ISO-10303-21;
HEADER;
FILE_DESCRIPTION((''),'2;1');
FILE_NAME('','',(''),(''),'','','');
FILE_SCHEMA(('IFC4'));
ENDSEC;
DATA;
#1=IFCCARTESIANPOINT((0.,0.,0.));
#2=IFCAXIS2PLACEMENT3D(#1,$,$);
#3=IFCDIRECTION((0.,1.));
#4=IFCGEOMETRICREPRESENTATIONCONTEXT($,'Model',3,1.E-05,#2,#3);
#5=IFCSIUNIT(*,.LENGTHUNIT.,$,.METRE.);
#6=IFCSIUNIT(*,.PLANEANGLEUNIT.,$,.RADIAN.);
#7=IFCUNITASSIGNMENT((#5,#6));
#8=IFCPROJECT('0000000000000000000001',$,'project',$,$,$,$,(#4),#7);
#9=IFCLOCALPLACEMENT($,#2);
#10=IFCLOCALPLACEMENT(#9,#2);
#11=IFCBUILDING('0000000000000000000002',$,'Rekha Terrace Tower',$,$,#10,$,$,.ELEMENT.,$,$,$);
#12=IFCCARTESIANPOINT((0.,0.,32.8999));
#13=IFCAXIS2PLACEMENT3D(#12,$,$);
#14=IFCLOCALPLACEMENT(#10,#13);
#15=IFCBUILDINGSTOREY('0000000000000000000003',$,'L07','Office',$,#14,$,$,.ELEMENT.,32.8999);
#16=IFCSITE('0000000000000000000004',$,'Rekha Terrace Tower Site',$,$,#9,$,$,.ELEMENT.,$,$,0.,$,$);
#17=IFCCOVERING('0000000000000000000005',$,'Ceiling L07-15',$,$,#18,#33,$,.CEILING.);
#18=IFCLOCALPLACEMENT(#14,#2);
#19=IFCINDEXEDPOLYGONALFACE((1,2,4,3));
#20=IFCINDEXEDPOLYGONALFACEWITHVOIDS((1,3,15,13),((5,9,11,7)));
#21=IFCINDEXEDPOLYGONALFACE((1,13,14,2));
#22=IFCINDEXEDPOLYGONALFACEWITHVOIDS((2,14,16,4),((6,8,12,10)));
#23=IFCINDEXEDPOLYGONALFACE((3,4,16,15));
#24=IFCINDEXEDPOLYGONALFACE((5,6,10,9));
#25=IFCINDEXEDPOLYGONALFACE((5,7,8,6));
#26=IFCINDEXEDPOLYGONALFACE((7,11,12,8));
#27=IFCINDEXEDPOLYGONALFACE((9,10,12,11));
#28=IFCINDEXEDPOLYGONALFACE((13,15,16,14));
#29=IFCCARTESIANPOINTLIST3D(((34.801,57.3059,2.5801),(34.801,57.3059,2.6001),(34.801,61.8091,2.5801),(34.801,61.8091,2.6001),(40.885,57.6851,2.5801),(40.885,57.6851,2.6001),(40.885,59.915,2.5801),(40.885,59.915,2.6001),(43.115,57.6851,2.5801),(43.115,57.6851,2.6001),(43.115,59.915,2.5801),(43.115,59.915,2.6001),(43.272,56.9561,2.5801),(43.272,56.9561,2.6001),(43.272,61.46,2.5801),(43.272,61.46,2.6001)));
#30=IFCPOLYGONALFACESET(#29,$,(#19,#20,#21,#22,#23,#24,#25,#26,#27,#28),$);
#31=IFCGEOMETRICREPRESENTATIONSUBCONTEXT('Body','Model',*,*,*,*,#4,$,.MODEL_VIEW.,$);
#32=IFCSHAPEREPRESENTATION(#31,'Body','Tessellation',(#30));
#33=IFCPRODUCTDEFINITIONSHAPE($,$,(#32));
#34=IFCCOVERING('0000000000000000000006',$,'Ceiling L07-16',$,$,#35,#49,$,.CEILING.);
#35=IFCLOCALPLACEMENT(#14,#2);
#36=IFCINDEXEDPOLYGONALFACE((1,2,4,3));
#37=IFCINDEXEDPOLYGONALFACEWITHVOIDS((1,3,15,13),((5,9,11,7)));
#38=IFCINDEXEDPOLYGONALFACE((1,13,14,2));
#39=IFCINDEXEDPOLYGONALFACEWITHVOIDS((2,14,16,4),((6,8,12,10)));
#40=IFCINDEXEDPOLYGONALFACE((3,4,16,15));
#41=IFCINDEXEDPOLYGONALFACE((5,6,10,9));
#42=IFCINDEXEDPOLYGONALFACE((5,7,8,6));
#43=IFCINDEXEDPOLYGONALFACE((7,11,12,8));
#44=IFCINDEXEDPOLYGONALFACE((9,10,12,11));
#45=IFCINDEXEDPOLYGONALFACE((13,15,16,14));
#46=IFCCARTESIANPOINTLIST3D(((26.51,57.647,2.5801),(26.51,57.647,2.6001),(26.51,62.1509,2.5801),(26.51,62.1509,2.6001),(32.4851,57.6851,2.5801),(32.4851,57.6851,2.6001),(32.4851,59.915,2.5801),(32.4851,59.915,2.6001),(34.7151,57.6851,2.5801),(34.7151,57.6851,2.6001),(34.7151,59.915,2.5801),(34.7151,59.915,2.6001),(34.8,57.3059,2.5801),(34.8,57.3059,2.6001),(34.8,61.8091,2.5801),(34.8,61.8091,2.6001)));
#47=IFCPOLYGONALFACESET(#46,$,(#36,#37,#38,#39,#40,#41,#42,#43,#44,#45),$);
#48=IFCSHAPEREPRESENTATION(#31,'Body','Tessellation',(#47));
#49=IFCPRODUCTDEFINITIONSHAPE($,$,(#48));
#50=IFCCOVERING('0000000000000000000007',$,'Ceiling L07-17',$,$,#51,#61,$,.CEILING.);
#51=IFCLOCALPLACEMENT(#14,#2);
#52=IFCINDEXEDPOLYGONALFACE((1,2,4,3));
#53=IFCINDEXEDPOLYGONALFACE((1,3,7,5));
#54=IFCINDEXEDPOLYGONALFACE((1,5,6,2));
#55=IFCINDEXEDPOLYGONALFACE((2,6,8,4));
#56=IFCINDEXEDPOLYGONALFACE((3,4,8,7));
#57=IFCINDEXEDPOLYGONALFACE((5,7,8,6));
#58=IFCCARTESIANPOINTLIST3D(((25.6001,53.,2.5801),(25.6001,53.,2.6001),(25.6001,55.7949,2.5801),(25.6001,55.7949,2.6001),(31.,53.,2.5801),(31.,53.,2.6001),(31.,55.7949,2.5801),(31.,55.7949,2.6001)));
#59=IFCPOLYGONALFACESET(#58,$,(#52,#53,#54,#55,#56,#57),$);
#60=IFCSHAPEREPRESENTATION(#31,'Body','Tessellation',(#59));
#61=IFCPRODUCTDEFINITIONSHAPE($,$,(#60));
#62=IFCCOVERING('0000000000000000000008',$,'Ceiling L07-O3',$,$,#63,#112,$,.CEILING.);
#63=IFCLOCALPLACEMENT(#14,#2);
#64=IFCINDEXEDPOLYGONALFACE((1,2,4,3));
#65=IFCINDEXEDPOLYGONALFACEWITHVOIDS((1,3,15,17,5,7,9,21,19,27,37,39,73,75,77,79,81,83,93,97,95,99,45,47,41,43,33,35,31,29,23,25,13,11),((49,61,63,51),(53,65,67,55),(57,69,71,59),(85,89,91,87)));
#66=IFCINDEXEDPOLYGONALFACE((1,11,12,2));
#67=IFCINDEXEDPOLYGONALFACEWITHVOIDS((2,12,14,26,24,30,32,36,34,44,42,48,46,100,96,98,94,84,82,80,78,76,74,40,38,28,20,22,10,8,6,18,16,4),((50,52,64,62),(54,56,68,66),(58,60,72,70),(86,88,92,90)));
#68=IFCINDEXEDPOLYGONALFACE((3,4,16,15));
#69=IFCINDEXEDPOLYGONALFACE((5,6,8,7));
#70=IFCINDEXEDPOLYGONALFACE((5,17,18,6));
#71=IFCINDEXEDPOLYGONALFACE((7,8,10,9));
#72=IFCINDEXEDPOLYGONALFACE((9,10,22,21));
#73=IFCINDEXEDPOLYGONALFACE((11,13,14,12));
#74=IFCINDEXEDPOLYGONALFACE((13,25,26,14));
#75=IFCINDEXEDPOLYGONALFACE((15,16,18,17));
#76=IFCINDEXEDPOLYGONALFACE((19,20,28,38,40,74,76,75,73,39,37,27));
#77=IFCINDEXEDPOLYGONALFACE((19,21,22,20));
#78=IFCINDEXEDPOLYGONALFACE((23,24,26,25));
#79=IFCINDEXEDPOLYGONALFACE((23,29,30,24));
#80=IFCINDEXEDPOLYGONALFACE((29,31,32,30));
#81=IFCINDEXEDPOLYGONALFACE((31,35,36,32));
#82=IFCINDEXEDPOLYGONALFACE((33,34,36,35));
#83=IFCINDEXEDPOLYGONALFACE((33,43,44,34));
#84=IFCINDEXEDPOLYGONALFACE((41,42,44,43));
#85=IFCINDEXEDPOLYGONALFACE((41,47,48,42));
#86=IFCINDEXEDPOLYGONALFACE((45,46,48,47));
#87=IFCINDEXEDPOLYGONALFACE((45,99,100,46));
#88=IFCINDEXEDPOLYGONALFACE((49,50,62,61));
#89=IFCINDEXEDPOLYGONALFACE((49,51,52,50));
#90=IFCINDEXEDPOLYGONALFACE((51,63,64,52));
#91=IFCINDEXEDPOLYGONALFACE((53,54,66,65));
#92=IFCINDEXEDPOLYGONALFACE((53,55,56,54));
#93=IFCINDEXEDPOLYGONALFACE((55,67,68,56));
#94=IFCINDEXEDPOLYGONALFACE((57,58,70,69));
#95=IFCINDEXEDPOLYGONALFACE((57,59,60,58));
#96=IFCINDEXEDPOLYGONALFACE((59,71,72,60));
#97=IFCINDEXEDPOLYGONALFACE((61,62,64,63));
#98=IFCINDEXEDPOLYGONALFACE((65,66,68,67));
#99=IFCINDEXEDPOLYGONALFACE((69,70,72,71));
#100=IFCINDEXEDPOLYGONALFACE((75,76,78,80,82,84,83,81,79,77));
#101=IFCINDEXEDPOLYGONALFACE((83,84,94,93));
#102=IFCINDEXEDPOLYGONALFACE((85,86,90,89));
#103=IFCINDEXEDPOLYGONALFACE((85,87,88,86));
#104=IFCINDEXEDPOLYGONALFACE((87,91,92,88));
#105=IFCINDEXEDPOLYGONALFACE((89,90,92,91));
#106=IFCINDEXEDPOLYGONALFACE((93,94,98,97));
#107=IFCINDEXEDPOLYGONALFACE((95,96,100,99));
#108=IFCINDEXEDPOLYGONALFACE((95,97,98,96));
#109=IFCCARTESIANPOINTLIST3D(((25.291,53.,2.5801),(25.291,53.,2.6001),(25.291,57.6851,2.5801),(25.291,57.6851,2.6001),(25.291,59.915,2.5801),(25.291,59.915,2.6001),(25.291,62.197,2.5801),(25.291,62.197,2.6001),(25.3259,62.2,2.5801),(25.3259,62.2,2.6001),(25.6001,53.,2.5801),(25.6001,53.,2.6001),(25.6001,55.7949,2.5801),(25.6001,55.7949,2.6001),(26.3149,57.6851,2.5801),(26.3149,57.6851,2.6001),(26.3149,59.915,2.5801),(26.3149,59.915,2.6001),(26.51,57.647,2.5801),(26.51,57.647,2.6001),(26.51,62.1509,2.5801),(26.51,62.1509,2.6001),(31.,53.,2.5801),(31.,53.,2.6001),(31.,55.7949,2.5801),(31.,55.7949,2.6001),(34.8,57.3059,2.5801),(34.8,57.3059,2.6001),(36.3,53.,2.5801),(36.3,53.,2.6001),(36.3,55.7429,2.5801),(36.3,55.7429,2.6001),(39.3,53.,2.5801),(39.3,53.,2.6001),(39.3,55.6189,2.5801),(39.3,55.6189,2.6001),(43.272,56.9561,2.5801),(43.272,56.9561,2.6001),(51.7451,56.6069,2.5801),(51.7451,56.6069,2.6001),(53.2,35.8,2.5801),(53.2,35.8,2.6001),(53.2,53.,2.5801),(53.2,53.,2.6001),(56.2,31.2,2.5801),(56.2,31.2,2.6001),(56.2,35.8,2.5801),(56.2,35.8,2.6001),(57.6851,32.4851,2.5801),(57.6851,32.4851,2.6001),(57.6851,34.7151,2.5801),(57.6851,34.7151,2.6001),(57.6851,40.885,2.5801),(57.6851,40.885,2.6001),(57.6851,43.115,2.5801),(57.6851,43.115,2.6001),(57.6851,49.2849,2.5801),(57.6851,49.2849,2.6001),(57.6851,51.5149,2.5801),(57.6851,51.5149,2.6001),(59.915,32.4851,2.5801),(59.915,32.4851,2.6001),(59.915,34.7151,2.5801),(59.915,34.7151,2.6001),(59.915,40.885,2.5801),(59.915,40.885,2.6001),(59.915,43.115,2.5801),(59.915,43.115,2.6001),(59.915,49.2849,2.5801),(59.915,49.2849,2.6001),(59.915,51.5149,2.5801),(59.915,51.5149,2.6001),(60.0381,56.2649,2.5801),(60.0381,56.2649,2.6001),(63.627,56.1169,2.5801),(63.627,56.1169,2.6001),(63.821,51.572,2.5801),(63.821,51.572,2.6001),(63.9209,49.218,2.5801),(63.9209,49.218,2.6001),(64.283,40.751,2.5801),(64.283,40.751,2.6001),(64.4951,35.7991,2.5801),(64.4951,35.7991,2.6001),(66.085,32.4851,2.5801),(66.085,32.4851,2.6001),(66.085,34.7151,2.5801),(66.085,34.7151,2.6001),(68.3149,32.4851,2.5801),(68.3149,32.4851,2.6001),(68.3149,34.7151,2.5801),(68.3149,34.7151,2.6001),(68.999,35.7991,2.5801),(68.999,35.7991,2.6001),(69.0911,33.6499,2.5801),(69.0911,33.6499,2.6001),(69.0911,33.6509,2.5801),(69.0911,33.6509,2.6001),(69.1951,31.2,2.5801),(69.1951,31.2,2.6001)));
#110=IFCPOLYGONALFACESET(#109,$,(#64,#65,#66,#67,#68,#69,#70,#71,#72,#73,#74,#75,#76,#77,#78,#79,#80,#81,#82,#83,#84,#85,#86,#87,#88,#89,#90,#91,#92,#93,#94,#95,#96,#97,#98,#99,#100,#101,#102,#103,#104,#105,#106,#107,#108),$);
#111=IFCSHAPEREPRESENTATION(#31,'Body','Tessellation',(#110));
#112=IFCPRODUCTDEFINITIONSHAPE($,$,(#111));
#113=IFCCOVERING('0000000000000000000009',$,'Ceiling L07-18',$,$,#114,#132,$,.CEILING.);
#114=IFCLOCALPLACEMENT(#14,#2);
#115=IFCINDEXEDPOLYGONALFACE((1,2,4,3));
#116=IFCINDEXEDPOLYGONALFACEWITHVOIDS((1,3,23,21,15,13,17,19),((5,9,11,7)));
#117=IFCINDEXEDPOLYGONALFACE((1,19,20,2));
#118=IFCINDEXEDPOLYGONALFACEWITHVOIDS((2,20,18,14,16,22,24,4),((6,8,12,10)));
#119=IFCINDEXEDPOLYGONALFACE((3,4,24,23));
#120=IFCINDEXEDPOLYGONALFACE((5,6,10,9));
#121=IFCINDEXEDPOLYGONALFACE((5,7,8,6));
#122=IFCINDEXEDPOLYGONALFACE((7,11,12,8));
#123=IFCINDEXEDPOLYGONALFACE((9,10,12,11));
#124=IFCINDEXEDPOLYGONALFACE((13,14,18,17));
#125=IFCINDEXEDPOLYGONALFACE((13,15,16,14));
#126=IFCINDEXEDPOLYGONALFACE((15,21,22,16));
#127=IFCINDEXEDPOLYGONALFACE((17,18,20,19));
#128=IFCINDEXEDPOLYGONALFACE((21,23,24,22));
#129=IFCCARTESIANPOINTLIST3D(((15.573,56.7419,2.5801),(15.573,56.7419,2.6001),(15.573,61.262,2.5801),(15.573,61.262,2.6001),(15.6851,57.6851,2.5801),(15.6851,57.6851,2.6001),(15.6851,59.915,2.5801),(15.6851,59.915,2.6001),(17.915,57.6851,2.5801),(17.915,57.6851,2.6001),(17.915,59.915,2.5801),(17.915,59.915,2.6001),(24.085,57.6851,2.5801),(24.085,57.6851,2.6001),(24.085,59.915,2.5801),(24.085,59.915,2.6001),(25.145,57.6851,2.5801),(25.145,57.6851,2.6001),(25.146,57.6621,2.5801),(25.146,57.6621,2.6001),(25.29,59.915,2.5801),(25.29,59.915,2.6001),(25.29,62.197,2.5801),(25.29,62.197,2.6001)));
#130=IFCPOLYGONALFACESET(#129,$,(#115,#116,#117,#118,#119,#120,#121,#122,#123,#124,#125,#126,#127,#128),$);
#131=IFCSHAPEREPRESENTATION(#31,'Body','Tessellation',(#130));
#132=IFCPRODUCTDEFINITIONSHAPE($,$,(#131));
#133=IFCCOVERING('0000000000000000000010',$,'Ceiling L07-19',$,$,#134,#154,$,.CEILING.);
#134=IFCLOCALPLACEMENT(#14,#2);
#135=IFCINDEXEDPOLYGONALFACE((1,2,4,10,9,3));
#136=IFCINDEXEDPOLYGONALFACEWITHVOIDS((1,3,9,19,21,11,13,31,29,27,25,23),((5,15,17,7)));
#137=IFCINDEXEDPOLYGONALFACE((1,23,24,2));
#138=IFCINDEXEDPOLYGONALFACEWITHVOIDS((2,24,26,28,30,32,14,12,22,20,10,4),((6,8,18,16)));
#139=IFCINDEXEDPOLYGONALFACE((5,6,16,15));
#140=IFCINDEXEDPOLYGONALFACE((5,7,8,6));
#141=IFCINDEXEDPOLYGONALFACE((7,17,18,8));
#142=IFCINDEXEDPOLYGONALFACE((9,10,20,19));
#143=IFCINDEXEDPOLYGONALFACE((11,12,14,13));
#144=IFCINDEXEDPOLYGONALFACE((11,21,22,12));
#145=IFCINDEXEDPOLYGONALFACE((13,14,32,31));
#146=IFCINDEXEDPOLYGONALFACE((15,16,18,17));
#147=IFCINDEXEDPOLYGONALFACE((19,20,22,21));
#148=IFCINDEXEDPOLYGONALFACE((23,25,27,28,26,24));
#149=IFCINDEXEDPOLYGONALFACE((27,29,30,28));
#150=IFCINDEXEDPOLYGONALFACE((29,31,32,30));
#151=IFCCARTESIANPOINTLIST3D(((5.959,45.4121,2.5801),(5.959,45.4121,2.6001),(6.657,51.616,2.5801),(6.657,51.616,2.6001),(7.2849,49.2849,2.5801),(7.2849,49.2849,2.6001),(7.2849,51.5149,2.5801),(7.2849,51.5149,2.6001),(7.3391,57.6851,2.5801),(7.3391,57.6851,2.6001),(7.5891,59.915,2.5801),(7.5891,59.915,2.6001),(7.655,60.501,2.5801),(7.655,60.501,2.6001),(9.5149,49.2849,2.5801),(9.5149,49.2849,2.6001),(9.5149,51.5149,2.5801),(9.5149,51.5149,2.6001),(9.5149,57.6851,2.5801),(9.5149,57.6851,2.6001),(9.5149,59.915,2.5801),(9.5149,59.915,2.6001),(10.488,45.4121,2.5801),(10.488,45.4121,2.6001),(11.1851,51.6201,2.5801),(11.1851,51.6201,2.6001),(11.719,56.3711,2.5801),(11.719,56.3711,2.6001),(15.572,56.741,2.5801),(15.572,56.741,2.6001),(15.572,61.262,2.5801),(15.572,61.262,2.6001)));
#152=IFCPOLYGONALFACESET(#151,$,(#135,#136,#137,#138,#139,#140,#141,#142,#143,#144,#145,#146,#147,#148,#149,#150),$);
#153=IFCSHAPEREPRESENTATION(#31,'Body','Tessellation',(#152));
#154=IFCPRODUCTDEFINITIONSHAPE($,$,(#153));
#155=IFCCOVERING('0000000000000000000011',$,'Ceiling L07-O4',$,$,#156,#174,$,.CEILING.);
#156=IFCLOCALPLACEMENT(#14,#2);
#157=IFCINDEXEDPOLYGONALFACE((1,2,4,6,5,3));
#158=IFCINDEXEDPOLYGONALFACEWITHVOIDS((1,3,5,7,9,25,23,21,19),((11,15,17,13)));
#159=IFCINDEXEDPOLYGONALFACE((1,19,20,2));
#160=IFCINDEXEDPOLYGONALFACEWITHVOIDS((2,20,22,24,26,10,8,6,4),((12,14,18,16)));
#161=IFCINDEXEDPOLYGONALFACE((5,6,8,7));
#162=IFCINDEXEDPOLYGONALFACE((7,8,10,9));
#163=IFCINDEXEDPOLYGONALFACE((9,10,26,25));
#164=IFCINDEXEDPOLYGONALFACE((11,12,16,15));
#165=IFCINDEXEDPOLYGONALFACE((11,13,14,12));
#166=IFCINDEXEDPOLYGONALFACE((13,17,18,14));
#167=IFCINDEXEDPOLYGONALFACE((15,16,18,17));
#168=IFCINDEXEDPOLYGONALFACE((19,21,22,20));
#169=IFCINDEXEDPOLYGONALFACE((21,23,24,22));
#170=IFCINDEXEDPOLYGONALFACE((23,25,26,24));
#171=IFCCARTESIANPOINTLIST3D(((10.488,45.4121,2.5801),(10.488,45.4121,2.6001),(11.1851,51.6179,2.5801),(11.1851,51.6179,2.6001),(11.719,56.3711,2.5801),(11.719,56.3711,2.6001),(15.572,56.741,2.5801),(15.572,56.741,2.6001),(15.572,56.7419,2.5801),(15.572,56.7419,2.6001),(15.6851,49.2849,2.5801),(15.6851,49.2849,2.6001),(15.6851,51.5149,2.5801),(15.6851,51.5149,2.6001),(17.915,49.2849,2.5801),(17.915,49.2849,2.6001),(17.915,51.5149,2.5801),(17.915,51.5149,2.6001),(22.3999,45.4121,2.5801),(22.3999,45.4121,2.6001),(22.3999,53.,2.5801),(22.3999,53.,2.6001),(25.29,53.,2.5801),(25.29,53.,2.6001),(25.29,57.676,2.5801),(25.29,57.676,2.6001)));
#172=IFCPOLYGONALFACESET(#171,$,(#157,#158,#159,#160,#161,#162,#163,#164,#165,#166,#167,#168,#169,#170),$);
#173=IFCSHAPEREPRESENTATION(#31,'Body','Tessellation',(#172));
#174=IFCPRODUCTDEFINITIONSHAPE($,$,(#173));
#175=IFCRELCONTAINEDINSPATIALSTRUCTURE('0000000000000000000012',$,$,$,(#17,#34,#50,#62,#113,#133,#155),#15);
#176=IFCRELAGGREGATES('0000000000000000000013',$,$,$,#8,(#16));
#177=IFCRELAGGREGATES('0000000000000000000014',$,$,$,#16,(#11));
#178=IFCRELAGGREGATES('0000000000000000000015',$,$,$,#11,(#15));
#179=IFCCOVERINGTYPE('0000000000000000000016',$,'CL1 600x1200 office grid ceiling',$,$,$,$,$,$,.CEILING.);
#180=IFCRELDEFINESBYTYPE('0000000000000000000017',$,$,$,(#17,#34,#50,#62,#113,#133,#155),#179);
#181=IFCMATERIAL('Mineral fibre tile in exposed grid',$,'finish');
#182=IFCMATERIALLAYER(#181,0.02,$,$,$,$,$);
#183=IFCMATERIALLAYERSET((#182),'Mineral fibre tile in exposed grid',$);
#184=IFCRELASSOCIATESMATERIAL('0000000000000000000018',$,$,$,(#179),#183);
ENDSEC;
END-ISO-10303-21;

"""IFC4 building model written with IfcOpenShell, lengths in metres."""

from ifc_helpers import new_model, si_unit, direction, frame, origin, place, context, subcontext, project, spatial, polyline, outline, extrude, material, layer, layer_set, type_object, element, save


model = new_model("IFC4")

# Units and contexts
model_context = context("Model", 3, precision=1e-05, world=origin(), true_north=direction((0.0, 1.0)))
body_context = subcontext(model_context, "Body", "Model", "MODEL_VIEW")
ifc_project = project(units=[si_unit("LENGTHUNIT", "METRE"), si_unit("PLANEANGLEUNIT", "RADIAN")], contexts=[model_context])

# Site, building, storey
site_placement = place(None, origin())
site = spatial("IfcSite", under=ifc_project, at=site_placement, Name="Rekha Terrace Tower Site", CompositionType="ELEMENT", RefElevation=0.0)
building_placement = place(site_placement, origin())
building = spatial("IfcBuilding", under=site, at=building_placement, Name="Rekha Terrace Tower", CompositionType="ELEMENT")
storey_placement = place(building_placement, frame((0.0, 0.0, 32.8999)))
storey = spatial("IfcBuildingStorey", under=building, at=storey_placement, Name="L07", Description="Office", CompositionType="ELEMENT", Elevation=32.8999)

# Coverings
ifc_material_1 = material(Name="Mineral fibre tile in exposed grid", Category="finish")
ifc_layer_1 = layer(ifc_material_1, 0.02)
ifc_layer_set_1 = layer_set([ifc_layer_1], Name="Mineral fibre tile in exposed grid")
covering_type_1 = type_object("IfcCoveringType", Name="CL1 600x1200 office grid ceiling", PredefinedType="CEILING", material=ifc_layer_set_1)
covering_1_placement = place(storey_placement, frame((0.0, 0.0, 2.5801)))
element("IfcCovering", 1, at=covering_1_placement, inside=storey, type_object=covering_type_1, Name="Ceiling L07-15", PredefinedType="CEILING", context=body_context, shape_type="SweptSolid", body=[
    extrude(outline(polyline([(43.272, 56.9561), (43.272, 61.46), (34.801, 61.8091), (34.801, 57.3059), (43.272, 56.9561)]), holes=[polyline([(43.115, 57.6851), (40.885, 57.6851), (40.885, 59.915), (43.115, 59.915), (43.115, 57.6851)])]), origin(), (0.0, 0.0, 1.0), 0.02),
])
covering_2_placement = place(storey_placement, frame((0.0, 0.0, 2.5801)))
element("IfcCovering", 2, at=covering_2_placement, inside=storey, type_object=covering_type_1, Name="Ceiling L07-16", PredefinedType="CEILING", context=body_context, shape_type="SweptSolid", body=[
    extrude(outline(polyline([(34.8, 57.3059), (34.8, 61.8091), (26.51, 62.1509), (26.51, 57.647), (34.8, 57.3059)]), holes=[polyline([(34.7151, 57.6851), (32.4851, 57.6851), (32.4851, 59.915), (34.7151, 59.915), (34.7151, 57.6851)])]), origin(), (0.0, 0.0, 1.0), 0.02),
])
covering_3_placement = place(storey_placement, frame((0.0, 0.0, 2.5801)))
element("IfcCovering", 3, at=covering_3_placement, inside=storey, type_object=covering_type_1, Name="Ceiling L07-17", PredefinedType="CEILING", context=body_context, shape_type="SweptSolid", body=[
    extrude(outline(polyline([(31.0, 53.0), (31.0, 55.7949), (25.6001, 55.7949), (25.6001, 53.0), (31.0, 53.0)])), origin(), (0.0, 0.0, 1.0), 0.02),
])
covering_4_placement = place(storey_placement, frame((0.0, 0.0, 2.5801)))
element("IfcCovering", 4, at=covering_4_placement, inside=storey, type_object=covering_type_1, Name="Ceiling L07-O3", PredefinedType="CEILING", context=body_context, shape_type="SweptSolid", body=[
    extrude(outline(polyline([(43.272, 56.9561), (34.8, 57.3059), (26.51, 57.647), (26.51, 62.1509), (25.3259, 62.2), (25.291, 62.197), (25.291, 59.915), (26.3149, 59.915), (26.3149, 57.6851), (25.291, 57.6851), (25.291, 53.0), (25.6001, 53.0), (25.6001, 55.7949), (31.0, 55.7949), (31.0, 53.0), (36.3, 53.0), (36.3, 55.7429), (39.3, 55.6189), (39.3, 53.0), (53.2, 53.0), (53.2, 35.8), (56.2, 35.8), (56.2, 31.2), (69.1951, 31.2), (69.0911, 33.6499), (69.0911, 33.6509), (68.999, 35.7991), (64.4951, 35.7991), (64.283, 40.751), (63.9209, 49.218), (63.821, 51.572), (63.627, 56.1169), (60.0381, 56.2649), (51.7451, 56.6069), (43.272, 56.9561)]), holes=[polyline([(68.3149, 32.4851), (66.085, 32.4851), (66.085, 34.7151), (68.3149, 34.7151), (68.3149, 32.4851)]), polyline([(59.915, 32.4851), (57.6851, 32.4851), (57.6851, 34.7151), (59.915, 34.7151), (59.915, 32.4851)]), polyline([(59.915, 40.885), (57.6851, 40.885), (57.6851, 43.115), (59.915, 43.115), (59.915, 40.885)]), polyline([(59.915, 49.2849), (57.6851, 49.2849), (57.6851, 51.5149), (59.915, 51.5149), (59.915, 49.2849)])]), origin(), (0.0, 0.0, 1.0), 0.02),
])
covering_5_placement = place(storey_placement, frame((0.0, 0.0, 2.5801)))
element("IfcCovering", 5, at=covering_5_placement, inside=storey, type_object=covering_type_1, Name="Ceiling L07-18", PredefinedType="CEILING", context=body_context, shape_type="SweptSolid", body=[
    extrude(outline(polyline([(25.146, 57.6621), (25.145, 57.6851), (24.085, 57.6851), (24.085, 59.915), (25.29, 59.915), (25.29, 62.197), (15.573, 61.262), (15.573, 56.7419), (25.146, 57.6621)]), holes=[polyline([(17.915, 57.6851), (15.6851, 57.6851), (15.6851, 59.915), (17.915, 59.915), (17.915, 57.6851)])]), origin(), (0.0, 0.0, 1.0), 0.02),
])
covering_6_placement = place(storey_placement, frame((0.0, 0.0, 2.5801)))
element("IfcCovering", 6, at=covering_6_placement, inside=storey, type_object=covering_type_1, Name="Ceiling L07-19", PredefinedType="CEILING", context=body_context, shape_type="SweptSolid", body=[
    extrude(outline(polyline([(9.5149, 57.6851), (7.3391, 57.6851), (6.657, 51.616), (5.959, 45.4121), (10.488, 45.4121), (11.1851, 51.6201), (11.719, 56.3711), (15.572, 56.741), (15.572, 61.262), (7.655, 60.501), (7.5891, 59.915), (9.5149, 59.915), (9.5149, 57.6851)]), holes=[polyline([(9.5149, 51.5149), (9.5149, 49.2849), (7.2849, 49.2849), (7.2849, 51.5149), (9.5149, 51.5149)])]), origin(), (0.0, 0.0, 1.0), 0.02),
])
covering_7_placement = place(storey_placement, frame((0.0, 0.0, 2.5801)))
element("IfcCovering", 7, at=covering_7_placement, inside=storey, type_object=covering_type_1, Name="Ceiling L07-O4", PredefinedType="CEILING", context=body_context, shape_type="SweptSolid", body=[
    extrude(outline(polyline([(11.719, 56.3711), (11.1851, 51.6179), (10.488, 45.4121), (22.3999, 45.4121), (22.3999, 53.0), (25.29, 53.0), (25.29, 57.676), (15.572, 56.7419), (15.572, 56.741), (11.719, 56.3711)]), holes=[polyline([(17.915, 49.2849), (15.6851, 49.2849), (15.6851, 51.5149), (17.915, 51.5149), (17.915, 49.2849)])]), origin(), (0.0, 0.0, 1.0), 0.02),
])

save(model, "model.ifc")
